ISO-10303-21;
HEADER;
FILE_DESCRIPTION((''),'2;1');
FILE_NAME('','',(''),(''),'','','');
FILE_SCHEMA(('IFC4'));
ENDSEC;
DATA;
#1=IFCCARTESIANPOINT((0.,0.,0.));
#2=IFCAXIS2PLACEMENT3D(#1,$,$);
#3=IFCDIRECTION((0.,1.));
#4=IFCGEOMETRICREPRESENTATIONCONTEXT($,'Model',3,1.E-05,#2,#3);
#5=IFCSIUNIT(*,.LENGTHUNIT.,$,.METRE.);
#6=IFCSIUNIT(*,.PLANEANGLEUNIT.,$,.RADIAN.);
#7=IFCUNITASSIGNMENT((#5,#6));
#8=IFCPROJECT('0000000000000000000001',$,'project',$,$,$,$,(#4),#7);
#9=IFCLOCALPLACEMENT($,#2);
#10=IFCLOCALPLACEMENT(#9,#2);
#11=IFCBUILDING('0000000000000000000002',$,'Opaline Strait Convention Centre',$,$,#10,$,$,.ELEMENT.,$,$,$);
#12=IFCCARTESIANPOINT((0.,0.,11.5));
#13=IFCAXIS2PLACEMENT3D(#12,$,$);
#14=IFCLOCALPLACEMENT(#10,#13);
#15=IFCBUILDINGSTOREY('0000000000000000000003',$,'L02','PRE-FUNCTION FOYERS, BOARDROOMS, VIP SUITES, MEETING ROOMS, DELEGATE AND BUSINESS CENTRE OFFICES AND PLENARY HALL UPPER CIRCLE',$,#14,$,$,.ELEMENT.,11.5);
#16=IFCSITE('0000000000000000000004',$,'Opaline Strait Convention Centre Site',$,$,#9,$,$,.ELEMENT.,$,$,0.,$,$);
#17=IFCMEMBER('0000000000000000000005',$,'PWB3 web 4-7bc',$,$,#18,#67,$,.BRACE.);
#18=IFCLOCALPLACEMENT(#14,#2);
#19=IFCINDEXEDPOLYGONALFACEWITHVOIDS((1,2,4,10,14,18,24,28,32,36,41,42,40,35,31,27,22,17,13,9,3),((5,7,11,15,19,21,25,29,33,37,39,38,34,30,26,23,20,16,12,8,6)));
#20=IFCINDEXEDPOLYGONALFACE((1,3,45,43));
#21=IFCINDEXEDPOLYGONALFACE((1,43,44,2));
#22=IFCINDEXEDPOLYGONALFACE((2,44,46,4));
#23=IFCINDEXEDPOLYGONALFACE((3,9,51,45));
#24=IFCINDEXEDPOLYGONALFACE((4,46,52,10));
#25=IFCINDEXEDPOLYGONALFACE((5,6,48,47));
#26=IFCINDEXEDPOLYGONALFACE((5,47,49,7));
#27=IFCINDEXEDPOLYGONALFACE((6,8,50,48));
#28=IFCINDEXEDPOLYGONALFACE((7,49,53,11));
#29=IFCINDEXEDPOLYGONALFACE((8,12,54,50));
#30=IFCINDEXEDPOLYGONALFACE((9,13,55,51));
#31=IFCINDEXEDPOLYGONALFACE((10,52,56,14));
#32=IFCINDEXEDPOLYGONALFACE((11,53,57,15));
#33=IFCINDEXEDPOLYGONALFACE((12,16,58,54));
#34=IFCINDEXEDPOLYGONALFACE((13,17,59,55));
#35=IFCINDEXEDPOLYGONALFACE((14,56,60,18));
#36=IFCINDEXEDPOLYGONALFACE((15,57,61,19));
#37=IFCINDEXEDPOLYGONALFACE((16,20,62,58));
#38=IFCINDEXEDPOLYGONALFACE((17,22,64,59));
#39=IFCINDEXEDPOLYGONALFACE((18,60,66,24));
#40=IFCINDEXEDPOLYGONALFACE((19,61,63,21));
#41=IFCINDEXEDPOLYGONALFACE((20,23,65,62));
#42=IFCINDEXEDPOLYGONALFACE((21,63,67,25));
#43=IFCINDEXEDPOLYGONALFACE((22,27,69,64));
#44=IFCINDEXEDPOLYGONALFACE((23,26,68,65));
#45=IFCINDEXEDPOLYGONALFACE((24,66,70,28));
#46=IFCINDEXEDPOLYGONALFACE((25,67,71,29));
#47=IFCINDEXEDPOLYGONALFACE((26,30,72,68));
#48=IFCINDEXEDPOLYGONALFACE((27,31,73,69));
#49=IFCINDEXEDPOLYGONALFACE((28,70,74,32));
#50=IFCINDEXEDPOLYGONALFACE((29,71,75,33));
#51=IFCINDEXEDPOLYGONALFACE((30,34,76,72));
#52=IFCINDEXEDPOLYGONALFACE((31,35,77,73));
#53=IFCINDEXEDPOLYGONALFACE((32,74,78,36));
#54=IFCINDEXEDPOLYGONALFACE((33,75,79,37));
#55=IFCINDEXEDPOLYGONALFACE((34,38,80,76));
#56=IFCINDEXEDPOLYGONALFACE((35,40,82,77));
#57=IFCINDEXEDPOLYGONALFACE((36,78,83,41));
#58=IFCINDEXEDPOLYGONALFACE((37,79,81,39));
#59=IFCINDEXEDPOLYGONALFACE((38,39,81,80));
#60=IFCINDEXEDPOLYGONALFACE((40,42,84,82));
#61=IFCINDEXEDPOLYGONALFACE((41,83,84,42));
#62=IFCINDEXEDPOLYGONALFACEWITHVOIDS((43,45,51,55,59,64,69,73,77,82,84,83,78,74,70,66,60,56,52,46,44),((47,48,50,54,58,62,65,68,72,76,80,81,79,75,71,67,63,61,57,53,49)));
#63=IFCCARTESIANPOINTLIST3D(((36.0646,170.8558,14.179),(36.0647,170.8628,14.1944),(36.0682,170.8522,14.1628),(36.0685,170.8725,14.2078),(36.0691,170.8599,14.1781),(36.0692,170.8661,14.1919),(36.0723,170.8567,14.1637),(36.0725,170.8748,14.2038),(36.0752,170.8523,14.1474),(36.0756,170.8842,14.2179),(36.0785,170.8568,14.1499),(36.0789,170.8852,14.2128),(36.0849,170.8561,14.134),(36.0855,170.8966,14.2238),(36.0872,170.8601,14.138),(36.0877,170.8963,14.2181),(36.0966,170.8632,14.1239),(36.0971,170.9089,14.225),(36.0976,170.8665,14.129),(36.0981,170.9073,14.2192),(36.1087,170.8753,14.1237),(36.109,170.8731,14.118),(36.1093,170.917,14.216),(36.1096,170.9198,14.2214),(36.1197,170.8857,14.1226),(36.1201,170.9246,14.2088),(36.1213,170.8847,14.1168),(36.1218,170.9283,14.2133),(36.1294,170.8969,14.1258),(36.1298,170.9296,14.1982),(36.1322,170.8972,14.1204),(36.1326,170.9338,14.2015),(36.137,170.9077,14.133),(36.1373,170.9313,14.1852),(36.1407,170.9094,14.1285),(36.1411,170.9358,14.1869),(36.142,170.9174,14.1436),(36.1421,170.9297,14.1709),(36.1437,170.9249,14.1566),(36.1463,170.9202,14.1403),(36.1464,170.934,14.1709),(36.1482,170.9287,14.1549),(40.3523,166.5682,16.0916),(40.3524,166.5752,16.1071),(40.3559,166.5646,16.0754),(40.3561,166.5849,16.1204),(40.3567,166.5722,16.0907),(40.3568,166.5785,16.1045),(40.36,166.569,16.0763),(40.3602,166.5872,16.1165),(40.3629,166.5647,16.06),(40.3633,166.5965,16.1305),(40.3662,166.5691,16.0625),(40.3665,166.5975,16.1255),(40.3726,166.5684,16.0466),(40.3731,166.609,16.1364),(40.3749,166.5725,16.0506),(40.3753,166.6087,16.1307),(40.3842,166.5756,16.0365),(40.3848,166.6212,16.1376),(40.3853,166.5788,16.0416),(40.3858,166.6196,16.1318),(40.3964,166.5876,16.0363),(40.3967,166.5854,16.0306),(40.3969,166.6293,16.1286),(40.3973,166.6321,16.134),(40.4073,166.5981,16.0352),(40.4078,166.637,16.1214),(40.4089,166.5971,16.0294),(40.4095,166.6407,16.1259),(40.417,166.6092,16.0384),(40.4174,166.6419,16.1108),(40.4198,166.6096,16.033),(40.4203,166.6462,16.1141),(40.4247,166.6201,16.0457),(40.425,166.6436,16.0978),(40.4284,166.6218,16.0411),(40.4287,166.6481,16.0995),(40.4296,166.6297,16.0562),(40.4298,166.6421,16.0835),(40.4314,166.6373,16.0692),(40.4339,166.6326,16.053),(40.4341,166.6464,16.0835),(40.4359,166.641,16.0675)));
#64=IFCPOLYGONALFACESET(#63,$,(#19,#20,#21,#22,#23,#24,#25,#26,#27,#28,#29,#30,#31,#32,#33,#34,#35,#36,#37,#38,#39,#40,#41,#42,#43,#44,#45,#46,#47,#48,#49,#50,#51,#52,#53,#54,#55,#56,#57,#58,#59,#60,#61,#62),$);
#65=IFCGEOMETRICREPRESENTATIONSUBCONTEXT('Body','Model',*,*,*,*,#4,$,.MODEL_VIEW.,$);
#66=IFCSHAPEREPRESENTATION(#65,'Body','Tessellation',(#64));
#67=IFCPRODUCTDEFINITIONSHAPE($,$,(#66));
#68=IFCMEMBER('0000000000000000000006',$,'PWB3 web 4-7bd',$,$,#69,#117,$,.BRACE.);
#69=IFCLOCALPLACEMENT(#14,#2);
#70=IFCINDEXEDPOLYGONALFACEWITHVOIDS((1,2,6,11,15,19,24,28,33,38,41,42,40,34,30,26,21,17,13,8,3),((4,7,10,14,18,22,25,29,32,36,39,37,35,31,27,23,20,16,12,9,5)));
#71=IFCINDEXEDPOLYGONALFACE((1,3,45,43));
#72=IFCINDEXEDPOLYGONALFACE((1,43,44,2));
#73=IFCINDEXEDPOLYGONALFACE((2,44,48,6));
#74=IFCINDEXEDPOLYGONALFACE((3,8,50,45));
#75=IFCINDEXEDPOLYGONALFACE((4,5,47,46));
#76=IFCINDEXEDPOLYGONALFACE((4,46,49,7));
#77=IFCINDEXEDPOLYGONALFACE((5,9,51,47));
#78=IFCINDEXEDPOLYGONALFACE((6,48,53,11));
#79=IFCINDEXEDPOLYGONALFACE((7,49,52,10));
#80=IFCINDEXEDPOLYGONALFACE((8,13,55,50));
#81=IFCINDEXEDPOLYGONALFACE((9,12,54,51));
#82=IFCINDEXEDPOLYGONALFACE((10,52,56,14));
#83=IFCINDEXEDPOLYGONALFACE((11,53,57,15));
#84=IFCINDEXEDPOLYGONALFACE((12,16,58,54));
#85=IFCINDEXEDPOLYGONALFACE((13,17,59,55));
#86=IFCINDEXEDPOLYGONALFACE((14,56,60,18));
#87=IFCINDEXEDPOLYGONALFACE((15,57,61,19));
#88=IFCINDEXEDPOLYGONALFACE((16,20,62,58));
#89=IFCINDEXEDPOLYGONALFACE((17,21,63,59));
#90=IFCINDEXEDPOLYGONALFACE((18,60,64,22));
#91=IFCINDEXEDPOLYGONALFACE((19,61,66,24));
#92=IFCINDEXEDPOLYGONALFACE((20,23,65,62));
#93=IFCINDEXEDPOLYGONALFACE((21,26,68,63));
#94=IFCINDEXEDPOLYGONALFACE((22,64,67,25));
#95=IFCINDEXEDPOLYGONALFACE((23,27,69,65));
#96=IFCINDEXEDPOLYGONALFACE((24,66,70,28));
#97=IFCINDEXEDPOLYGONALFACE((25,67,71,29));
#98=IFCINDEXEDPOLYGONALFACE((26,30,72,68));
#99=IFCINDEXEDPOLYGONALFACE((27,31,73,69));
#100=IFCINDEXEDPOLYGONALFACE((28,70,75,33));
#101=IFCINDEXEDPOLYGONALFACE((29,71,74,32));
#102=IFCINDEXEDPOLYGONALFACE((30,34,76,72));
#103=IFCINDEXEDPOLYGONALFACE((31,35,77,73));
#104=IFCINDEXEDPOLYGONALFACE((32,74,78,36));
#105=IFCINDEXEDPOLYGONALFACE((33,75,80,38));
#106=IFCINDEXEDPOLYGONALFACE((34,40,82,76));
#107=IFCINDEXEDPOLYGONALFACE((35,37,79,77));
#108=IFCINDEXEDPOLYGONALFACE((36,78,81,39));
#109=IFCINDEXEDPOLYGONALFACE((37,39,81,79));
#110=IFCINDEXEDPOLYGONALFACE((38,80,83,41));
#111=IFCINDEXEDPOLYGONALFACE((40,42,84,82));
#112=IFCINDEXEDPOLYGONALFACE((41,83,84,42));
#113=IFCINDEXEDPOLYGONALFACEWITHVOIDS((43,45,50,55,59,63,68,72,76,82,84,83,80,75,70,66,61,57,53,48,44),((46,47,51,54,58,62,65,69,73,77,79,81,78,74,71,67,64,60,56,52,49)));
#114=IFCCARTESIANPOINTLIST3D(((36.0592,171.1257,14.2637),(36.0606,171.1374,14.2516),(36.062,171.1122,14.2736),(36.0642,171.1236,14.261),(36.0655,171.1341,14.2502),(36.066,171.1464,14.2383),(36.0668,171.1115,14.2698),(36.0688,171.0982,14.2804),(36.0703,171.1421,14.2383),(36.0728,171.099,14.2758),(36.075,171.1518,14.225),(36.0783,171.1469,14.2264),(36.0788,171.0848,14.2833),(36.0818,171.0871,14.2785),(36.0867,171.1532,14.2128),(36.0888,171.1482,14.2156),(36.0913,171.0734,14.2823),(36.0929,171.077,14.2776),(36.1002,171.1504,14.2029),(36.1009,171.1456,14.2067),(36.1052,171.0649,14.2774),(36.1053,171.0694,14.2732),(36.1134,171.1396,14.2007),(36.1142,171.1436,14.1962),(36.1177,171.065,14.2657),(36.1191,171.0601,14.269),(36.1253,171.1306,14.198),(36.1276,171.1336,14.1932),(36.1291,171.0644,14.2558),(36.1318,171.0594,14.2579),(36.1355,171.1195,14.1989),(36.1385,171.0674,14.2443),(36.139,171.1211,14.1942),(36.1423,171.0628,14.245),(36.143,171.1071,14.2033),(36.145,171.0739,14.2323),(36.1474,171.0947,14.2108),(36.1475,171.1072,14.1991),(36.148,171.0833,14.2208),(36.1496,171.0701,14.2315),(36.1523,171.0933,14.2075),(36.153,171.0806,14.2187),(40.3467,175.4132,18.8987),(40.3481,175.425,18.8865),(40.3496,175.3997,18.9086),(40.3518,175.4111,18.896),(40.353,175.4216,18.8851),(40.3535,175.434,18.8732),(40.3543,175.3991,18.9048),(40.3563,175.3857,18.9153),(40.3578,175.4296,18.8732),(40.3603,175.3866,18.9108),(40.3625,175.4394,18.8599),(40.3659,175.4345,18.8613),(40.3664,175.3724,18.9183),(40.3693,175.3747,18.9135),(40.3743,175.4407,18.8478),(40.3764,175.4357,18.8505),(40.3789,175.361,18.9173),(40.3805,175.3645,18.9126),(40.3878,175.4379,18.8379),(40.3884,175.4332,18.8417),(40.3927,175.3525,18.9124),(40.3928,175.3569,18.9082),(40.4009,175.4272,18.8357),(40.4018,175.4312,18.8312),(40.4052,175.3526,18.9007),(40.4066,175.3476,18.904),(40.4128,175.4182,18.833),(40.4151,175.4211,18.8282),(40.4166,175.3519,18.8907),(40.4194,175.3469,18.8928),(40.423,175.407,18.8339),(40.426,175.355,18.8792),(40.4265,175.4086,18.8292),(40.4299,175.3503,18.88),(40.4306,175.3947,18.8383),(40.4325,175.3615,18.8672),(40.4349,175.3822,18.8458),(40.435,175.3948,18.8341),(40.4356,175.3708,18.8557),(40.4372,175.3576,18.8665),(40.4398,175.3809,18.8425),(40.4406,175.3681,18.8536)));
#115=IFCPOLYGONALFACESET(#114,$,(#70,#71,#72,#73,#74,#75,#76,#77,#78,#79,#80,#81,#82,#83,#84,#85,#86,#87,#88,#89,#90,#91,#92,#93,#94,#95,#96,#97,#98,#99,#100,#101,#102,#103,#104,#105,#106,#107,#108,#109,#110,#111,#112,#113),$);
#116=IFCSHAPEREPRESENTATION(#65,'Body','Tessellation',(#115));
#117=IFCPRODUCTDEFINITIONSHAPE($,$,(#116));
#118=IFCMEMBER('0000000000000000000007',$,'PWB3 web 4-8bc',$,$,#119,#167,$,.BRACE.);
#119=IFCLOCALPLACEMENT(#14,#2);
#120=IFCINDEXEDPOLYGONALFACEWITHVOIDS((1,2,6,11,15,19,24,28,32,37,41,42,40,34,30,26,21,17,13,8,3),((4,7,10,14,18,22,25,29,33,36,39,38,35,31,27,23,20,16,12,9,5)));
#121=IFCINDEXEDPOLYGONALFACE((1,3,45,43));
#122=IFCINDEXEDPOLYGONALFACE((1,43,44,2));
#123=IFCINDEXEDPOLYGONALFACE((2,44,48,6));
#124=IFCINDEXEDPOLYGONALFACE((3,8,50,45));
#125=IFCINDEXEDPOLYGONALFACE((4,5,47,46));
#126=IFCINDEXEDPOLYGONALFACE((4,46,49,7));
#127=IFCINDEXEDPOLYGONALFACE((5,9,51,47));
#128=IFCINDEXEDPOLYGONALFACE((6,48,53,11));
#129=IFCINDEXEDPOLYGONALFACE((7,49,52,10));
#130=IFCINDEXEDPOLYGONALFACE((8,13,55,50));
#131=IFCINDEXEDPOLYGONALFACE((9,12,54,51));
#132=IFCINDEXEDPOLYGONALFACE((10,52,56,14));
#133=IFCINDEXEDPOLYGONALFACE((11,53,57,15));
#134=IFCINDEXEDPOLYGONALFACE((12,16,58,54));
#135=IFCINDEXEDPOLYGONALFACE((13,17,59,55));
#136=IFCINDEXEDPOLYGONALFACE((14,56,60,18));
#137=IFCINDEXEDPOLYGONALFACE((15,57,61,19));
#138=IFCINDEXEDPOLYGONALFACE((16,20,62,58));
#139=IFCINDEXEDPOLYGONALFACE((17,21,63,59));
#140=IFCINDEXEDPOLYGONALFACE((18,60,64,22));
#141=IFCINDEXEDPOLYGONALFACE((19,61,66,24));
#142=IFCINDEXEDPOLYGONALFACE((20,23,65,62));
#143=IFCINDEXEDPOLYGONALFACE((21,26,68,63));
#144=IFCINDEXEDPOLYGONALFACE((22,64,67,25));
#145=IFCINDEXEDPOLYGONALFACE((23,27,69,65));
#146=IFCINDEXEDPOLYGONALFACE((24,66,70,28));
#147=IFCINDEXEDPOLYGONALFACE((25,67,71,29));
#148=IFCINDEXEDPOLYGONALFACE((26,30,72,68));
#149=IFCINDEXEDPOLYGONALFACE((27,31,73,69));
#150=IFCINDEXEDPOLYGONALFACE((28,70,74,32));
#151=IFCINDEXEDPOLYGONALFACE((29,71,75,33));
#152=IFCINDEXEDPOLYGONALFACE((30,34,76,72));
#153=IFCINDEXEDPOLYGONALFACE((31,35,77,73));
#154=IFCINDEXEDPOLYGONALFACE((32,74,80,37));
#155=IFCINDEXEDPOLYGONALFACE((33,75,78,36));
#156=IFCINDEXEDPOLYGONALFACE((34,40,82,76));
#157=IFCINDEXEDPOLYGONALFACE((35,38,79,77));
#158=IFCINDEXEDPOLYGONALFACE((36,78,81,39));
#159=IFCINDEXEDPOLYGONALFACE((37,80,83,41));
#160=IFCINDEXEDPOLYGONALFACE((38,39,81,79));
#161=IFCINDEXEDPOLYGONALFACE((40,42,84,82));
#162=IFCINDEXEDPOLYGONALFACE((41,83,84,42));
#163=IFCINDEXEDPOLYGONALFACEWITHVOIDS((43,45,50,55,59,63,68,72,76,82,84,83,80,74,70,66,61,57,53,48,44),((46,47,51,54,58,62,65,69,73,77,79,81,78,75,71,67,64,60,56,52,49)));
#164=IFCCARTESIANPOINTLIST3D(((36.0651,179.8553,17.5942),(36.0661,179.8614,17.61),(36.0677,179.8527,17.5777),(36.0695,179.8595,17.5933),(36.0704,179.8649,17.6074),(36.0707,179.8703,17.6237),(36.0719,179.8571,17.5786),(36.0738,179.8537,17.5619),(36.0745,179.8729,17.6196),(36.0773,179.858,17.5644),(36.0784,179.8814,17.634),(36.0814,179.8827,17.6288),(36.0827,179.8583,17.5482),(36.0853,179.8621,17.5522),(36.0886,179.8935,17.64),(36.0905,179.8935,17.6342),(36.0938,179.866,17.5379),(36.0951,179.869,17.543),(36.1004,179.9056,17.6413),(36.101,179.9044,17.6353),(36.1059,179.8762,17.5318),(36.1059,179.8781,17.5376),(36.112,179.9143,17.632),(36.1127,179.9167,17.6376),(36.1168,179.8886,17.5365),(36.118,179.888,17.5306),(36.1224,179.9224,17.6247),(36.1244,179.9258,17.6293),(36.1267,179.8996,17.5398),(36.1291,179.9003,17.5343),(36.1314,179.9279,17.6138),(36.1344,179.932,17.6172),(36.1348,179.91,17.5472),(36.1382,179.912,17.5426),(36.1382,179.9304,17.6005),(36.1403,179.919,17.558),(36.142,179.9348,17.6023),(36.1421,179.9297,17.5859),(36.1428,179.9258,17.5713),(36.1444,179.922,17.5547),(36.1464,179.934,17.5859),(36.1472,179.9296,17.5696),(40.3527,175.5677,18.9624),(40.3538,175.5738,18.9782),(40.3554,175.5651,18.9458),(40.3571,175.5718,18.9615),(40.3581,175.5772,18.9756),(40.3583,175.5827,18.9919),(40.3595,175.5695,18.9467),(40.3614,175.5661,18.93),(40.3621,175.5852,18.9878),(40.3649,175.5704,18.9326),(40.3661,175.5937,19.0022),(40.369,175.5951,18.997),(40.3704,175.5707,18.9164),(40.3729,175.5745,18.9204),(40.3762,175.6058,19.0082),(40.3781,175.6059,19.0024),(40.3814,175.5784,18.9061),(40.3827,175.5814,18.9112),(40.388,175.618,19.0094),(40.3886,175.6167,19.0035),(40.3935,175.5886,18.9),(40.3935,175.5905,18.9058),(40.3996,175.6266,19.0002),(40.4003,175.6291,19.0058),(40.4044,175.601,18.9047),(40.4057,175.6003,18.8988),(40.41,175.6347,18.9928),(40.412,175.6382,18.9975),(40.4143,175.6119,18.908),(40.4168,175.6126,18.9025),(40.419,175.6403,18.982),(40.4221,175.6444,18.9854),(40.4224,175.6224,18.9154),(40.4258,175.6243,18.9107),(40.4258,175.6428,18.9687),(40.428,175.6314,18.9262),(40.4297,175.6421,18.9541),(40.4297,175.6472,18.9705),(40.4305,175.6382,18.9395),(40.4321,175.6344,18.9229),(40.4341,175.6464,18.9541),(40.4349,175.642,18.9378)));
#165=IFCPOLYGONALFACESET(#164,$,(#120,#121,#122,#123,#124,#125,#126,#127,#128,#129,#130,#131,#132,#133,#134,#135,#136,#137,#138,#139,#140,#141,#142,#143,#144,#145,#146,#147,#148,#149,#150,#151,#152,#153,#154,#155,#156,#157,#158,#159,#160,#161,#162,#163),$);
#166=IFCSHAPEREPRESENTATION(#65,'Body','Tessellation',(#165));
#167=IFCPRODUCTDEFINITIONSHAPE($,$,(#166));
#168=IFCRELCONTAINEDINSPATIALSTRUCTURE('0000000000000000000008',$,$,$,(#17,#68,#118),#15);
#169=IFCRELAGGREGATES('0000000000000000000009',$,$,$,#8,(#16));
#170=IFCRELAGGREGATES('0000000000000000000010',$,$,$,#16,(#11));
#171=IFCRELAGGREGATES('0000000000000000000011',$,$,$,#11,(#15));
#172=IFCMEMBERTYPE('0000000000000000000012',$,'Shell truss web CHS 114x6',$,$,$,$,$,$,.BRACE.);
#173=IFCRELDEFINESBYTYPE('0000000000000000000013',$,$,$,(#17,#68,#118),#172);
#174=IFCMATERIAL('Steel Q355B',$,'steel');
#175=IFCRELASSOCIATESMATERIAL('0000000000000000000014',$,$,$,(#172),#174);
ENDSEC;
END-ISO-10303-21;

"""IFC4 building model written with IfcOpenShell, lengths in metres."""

from ifc_helpers import new_model, si_unit, direction, frame, origin, origin_2d, place, context, subcontext, project, spatial, hollow_circle, extrude, material, material_profile, profile_set, type_object, element, save


model = new_model("IFC4")

# Units and contexts
model_context = context("Model", 3, precision=1e-05, world=origin(), true_north=direction((0.0, 1.0)))
body_context = subcontext(model_context, "Body", "Model", "MODEL_VIEW")
ifc_project = project(units=[si_unit("LENGTHUNIT", "METRE"), si_unit("PLANEANGLEUNIT", "RADIAN")], contexts=[model_context])

# Site, building, storey
site_placement = place(None, origin())
site = spatial("IfcSite", under=ifc_project, at=site_placement, Name="Opaline Strait Convention Centre Site", CompositionType="ELEMENT", RefElevation=0.0)
building_placement = place(site_placement, origin())
building = spatial("IfcBuilding", under=site, at=building_placement, Name="Opaline Strait Convention Centre", CompositionType="ELEMENT")
storey_placement = place(building_placement, frame((0.0, 0.0, 11.5)))
storey = spatial("IfcBuildingStorey", under=building, at=storey_placement, Name="L02", Description="PRE-FUNCTION FOYERS, BOARDROOMS, VIP SUITES, MEETING ROOMS, DELEGATE AND BUSINESS CENTRE OFFICES AND PLENARY HALL UPPER CIRCLE", CompositionType="ELEMENT", Elevation=11.5)

# Members
ifc_material_1 = material(Name="Steel Q355B", Category="steel")
ifc_material_profile_1 = material_profile(ifc_material_1, hollow_circle(Radius=0.0569, WallThickness=0.0061, at=origin_2d()), Name="CHS 114x6")
ifc_profile_set_1 = profile_set([ifc_material_profile_1], Name="Steel Q355B")
member_type_1 = type_object("IfcMemberType", Name="Shell truss web CHS 114x6", PredefinedType="BRACE", material=ifc_profile_set_1)
member_1_placement = place(storey_placement, frame((36.1062, 170.8938, 14.1709), z_axis=(0.674356, -0.674356, 0.300814), x_axis=(0.707107, 0.707107, 0.0)))
element("IfcMember", 1, at=member_1_placement, inside=storey, type_object=member_type_1, Name="PWB3 web 4-7bc", PredefinedType="BRACE", context=body_context, shape_type="SweptSolid", body=[
    extrude(hollow_circle(Radius=0.0569, WallThickness=0.0061, at=origin_2d()), origin(), (0.0, 0.0, 1.0), 6.3582),
])
member_2_placement = place(storey_placement, frame((36.1062, 171.1062, 14.2383), z_axis=(0.561778, 0.561778, 0.607298), x_axis=(-0.707107, 0.707107, 0.0)))
element("IfcMember", 2, at=member_2_placement, inside=storey, type_object=member_type_1, Name="PWB3 web 4-7bd", PredefinedType="BRACE", context=body_context, shape_type="SweptSolid", body=[
    extrude(hollow_circle(Radius=0.0569, WallThickness=0.0061, at=origin_2d()), origin(), (0.0, 0.0, 1.0), 7.6321),
])
member_3_placement = place(storey_placement, frame((36.1062, 179.8938, 17.5859), z_axis=(0.689766, -0.689766, 0.220103), x_axis=(0.707107, 0.707107, 0.0)))
element("IfcMember", 3, at=member_3_placement, inside=storey, type_object=member_type_1, Name="PWB3 web 4-8bc", PredefinedType="BRACE", context=body_context, shape_type="SweptSolid", body=[
    extrude(hollow_circle(Radius=0.0569, WallThickness=0.0061, at=origin_2d()), origin(), (0.0, 0.0, 1.0), 6.2161),
])

save(model, "model.ifc")
